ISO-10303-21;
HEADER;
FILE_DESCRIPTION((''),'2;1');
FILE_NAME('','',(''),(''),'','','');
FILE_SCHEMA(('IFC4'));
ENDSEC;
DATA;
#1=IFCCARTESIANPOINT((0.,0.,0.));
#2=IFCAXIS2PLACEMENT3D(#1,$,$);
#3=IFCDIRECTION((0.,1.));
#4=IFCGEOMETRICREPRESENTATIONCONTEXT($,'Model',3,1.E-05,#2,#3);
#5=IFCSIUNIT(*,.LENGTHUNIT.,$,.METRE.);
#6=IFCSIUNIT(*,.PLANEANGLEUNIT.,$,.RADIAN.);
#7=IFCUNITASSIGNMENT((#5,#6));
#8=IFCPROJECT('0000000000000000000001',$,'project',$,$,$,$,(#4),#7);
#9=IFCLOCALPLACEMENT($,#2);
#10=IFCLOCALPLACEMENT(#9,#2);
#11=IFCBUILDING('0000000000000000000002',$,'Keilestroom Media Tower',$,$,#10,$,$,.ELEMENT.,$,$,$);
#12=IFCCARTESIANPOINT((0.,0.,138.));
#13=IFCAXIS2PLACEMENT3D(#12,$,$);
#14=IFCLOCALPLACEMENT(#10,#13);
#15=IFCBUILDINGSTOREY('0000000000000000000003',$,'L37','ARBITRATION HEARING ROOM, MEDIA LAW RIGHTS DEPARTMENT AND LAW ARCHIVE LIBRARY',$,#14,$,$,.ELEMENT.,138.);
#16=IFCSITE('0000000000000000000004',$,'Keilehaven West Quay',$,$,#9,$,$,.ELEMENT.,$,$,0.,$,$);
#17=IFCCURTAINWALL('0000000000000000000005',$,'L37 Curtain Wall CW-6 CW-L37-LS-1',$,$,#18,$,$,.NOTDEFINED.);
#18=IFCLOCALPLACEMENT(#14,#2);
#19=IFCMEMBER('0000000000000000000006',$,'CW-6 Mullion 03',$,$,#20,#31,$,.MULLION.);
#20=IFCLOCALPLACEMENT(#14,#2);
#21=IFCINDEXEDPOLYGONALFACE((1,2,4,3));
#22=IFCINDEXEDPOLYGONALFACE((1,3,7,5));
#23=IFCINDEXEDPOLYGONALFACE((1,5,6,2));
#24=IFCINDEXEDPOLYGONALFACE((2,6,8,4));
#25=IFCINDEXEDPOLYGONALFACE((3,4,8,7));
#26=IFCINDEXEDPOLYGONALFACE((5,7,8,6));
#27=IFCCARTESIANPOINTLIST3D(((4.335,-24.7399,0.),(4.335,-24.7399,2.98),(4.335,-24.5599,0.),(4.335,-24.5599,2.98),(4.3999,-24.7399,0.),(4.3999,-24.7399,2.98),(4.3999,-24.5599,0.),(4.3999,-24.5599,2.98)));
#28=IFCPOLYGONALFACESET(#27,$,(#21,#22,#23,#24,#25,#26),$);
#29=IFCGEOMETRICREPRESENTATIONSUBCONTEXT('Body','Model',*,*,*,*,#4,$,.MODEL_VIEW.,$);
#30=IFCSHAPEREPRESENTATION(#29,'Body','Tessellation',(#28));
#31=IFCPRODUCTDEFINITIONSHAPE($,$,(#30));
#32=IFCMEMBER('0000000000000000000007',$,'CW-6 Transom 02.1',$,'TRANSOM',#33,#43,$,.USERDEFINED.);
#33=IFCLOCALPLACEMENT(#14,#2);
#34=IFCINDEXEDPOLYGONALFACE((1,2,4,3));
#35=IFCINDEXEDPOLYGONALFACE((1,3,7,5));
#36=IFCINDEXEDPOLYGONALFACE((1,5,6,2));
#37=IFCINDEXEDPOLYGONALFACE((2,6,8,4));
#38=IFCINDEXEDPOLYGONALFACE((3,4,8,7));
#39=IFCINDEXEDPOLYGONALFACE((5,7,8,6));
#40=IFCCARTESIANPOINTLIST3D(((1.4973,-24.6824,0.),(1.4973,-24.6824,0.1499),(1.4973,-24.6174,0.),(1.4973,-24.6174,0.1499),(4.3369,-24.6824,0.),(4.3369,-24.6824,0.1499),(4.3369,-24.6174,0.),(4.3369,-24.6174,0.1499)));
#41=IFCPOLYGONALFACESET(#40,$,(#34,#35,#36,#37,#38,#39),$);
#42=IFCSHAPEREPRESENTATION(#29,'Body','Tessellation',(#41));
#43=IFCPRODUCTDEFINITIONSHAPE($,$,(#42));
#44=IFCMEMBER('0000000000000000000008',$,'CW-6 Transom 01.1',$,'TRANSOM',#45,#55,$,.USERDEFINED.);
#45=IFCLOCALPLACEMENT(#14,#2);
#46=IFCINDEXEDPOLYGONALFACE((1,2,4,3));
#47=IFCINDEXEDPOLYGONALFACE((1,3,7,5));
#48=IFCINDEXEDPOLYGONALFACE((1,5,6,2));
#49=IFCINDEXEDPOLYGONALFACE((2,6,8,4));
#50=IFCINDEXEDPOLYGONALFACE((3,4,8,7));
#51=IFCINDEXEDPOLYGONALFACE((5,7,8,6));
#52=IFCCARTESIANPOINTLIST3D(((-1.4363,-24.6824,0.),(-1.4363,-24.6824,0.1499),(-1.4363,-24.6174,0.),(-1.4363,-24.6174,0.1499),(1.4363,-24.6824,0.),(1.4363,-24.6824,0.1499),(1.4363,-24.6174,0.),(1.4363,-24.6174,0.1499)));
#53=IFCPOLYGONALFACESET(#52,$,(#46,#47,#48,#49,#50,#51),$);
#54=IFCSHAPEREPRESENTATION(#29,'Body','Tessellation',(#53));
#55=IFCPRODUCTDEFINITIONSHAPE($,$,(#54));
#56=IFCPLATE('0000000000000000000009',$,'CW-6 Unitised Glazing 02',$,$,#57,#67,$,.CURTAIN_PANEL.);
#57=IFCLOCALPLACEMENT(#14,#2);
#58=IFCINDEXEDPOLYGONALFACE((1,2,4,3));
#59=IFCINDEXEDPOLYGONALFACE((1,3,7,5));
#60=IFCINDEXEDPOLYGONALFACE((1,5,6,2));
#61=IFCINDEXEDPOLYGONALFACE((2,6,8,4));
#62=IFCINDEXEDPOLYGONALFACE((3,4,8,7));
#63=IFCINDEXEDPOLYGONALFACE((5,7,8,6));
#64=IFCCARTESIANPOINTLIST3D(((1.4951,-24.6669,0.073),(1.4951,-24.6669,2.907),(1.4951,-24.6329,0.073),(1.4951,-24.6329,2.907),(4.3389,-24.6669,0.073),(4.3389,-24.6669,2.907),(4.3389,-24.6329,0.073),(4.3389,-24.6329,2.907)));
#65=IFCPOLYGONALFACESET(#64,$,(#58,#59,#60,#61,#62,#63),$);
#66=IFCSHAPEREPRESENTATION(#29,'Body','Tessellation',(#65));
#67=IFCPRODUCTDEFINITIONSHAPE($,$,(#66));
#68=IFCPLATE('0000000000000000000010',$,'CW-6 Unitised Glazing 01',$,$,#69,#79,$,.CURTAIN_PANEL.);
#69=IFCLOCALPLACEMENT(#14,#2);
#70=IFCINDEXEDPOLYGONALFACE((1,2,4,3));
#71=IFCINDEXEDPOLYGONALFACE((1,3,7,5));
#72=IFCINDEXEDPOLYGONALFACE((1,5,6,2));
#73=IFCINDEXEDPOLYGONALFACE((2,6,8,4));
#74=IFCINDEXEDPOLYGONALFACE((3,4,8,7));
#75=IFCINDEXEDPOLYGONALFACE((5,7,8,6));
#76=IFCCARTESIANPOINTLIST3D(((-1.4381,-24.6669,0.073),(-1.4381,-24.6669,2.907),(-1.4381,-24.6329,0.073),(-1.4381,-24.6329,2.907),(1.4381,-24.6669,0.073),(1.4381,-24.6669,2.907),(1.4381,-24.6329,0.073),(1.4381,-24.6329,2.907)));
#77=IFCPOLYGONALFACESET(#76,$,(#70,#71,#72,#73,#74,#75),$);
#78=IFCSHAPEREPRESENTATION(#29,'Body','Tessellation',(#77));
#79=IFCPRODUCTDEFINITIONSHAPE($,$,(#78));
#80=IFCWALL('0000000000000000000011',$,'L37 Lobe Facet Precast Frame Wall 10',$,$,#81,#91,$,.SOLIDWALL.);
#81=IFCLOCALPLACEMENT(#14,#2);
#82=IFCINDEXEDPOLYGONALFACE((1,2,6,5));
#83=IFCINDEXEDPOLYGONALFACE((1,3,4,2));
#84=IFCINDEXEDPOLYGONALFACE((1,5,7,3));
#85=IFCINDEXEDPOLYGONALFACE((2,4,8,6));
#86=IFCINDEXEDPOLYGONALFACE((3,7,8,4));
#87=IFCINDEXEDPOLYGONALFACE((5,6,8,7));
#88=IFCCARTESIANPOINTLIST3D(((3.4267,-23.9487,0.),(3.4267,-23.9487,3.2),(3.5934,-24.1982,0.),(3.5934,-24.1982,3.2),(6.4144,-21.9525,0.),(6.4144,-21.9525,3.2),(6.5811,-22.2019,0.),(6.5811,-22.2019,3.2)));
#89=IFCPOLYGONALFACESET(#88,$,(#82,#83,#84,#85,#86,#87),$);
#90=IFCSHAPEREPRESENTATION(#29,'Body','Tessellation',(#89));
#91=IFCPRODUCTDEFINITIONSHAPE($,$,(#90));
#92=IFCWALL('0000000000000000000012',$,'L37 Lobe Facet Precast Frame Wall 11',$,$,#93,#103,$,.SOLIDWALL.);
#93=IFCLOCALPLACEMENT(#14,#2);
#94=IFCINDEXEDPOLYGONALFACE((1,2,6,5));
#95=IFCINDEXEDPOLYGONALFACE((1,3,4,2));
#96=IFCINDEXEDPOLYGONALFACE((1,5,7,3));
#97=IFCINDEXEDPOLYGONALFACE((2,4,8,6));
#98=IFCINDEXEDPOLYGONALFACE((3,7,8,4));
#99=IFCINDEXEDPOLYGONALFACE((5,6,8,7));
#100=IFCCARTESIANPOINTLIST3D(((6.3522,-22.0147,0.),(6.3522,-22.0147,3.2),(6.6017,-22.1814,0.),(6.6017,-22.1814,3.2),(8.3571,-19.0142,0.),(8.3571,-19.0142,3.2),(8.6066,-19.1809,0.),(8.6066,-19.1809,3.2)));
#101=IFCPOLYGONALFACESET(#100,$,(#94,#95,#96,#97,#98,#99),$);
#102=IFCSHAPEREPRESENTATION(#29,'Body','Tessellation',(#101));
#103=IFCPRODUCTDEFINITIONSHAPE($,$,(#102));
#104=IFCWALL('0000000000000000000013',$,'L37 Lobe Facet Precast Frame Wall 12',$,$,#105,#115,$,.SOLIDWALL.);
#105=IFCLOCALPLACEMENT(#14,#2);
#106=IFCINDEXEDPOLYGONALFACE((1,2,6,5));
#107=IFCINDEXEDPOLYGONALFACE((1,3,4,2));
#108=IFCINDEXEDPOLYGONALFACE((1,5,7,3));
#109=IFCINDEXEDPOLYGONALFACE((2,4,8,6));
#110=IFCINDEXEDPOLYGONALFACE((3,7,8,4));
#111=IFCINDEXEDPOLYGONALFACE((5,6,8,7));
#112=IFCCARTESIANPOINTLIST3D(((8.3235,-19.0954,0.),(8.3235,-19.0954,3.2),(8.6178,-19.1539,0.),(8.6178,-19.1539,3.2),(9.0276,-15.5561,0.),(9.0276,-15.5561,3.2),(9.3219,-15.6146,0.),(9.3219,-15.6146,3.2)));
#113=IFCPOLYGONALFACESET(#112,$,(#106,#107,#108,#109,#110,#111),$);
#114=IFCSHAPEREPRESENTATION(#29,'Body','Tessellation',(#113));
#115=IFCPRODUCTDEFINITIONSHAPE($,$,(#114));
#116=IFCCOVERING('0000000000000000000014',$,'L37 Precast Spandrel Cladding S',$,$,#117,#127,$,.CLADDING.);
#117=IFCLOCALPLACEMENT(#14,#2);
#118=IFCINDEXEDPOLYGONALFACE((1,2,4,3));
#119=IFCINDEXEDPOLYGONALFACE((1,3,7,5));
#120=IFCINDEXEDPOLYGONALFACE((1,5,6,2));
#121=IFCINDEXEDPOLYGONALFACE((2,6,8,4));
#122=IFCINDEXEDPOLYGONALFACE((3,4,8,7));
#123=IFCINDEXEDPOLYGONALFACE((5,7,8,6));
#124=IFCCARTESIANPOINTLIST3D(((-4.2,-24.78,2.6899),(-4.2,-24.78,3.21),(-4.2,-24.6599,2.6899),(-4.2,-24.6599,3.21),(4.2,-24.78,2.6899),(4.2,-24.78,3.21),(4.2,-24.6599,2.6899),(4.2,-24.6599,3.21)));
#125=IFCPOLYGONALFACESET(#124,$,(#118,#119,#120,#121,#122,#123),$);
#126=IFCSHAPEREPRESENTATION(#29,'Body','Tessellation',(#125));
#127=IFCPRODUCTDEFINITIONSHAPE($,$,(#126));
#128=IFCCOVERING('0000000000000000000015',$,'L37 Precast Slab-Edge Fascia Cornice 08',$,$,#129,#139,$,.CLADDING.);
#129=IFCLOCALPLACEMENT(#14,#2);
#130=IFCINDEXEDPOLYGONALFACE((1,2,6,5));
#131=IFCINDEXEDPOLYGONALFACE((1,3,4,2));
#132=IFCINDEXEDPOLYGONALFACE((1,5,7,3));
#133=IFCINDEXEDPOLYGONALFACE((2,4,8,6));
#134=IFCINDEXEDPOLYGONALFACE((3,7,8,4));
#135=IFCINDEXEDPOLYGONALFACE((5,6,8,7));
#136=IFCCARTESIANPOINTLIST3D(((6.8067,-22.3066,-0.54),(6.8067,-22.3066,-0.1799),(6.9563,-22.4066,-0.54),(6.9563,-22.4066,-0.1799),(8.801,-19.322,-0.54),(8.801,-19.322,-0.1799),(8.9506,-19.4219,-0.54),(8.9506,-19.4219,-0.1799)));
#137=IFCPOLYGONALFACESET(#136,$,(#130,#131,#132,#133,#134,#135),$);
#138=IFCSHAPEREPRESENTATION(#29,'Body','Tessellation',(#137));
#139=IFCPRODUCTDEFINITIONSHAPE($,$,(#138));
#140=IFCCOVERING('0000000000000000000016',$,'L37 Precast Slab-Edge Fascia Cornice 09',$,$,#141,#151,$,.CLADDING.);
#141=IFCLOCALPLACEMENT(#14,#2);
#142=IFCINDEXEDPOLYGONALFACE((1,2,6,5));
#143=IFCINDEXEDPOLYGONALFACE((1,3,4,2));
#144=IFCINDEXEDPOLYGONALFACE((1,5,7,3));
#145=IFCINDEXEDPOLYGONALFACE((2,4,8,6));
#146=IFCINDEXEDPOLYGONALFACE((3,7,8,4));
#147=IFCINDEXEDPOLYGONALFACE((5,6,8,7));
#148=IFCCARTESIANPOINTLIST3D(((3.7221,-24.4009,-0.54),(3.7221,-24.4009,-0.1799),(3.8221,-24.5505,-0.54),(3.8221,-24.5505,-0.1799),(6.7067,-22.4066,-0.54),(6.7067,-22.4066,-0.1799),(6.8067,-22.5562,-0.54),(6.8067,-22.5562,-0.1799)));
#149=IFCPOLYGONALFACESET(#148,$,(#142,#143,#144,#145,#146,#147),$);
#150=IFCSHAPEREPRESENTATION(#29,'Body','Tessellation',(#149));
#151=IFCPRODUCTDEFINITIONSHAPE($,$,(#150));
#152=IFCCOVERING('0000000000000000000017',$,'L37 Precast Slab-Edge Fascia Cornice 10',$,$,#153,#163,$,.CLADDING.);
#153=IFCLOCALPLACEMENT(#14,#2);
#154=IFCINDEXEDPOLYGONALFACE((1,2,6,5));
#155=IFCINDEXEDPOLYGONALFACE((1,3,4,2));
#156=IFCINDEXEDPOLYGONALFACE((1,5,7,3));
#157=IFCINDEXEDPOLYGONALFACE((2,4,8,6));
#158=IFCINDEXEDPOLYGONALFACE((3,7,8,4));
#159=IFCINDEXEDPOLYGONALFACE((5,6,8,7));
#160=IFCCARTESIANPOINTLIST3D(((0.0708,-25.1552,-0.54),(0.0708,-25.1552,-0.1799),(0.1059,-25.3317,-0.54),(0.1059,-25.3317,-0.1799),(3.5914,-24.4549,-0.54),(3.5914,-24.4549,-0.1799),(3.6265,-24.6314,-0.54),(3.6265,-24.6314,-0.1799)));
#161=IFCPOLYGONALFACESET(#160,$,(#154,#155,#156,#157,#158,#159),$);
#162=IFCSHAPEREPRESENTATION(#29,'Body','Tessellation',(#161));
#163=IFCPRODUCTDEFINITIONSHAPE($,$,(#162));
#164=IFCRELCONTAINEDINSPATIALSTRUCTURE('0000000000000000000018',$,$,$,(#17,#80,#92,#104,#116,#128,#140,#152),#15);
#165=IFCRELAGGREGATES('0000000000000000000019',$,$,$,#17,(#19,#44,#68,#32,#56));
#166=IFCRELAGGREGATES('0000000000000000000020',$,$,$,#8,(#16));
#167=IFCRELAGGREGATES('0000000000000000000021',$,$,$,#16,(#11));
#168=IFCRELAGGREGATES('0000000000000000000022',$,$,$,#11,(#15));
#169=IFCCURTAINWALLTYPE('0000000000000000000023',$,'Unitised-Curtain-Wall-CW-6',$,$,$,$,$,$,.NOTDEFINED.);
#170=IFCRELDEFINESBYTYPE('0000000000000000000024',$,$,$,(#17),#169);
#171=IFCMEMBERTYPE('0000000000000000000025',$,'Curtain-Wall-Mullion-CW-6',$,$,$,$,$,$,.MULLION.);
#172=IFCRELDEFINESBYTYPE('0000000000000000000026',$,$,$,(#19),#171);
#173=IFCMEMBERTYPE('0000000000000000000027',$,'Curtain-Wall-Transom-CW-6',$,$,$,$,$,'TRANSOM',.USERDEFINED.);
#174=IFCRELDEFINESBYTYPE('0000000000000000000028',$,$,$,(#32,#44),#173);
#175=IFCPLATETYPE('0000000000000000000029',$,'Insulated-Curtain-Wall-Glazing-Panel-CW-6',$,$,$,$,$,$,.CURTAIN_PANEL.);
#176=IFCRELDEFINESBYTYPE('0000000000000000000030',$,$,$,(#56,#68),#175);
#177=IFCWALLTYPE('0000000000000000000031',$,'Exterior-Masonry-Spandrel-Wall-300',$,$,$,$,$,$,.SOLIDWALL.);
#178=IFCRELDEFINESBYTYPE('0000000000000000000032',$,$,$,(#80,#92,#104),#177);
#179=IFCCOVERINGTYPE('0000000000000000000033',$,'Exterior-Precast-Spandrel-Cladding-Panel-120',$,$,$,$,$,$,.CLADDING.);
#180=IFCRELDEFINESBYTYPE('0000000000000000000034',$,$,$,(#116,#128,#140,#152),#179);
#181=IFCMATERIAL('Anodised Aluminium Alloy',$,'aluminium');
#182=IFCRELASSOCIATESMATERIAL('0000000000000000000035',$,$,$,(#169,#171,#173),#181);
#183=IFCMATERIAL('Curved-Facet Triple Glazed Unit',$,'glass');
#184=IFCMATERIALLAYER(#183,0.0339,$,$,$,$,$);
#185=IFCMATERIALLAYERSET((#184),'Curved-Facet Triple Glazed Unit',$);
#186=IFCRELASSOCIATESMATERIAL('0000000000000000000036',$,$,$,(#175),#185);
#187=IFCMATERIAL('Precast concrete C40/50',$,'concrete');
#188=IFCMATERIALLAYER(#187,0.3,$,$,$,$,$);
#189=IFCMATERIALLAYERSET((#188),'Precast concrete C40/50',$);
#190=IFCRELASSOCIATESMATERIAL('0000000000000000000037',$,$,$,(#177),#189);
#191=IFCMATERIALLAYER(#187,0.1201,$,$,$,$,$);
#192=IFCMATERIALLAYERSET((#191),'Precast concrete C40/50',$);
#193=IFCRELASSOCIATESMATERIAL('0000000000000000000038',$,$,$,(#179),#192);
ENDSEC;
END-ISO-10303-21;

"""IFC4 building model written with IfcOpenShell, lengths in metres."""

from ifc_helpers import new_model, si_unit, direction, frame, frame_2d, origin, origin_2d, place, context, subcontext, project, spatial, rectangle, extrude, source, transform, mapped, material, layer, layer_set, material_profile, profile_set, type_object, element, aggregate, save


model = new_model("IFC4")

# Units and contexts
model_context = context("Model", 3, precision=1e-05, world=origin(), true_north=direction((0.0, 1.0)))
body_context = subcontext(model_context, "Body", "Model", "MODEL_VIEW")
ifc_project = project(units=[si_unit("LENGTHUNIT", "METRE"), si_unit("PLANEANGLEUNIT", "RADIAN")], contexts=[model_context])

# Site, building, storey
site_placement = place(None, origin())
site = spatial("IfcSite", under=ifc_project, at=site_placement, Name="Keilehaven West Quay", CompositionType="ELEMENT", RefElevation=0.0)
building_placement = place(site_placement, origin())
building = spatial("IfcBuilding", under=site, at=building_placement, Name="Keilestroom Media Tower", CompositionType="ELEMENT")
storey_placement = place(building_placement, frame((0.0, 0.0, 138.0)))
storey = spatial("IfcBuildingStorey", under=building, at=storey_placement, Name="L37", Description="ARBITRATION HEARING ROOM, MEDIA LAW RIGHTS DEPARTMENT AND LAW ARCHIVE LIBRARY", CompositionType="ELEMENT", Elevation=138.0)

# Curtain wall, members, plates
ifc_material_1 = material(Name="Anodised Aluminium Alloy", Category="aluminium")
curtain_wall_type = type_object("IfcCurtainWallType", Name="Unitised-Curtain-Wall-CW-6", PredefinedType="NOTDEFINED", material=ifc_material_1)
curtain_wall_placement = place(storey_placement, origin())
curtain_wall = element("IfcCurtainWall", 1, at=curtain_wall_placement, inside=storey, type_object=curtain_wall_type, Name="L37 Curtain Wall CW-6 CW-L37-LS-1", PredefinedType="NOTDEFINED")
ifc_material_profile_1 = material_profile(ifc_material_1, rectangle(XDim=0.0649, YDim=0.1799, at=origin_2d()), Name="ALU MULLION 65x180")
ifc_profile_set_1 = profile_set([ifc_material_profile_1], Name="Anodised Aluminium Alloy")
member_type_1 = type_object("IfcMemberType", Name="Curtain-Wall-Mullion-CW-6", PredefinedType="MULLION", material=ifc_profile_set_1)
shared_shape_1 = source(origin(), body_context, "Body", "SweptSolid", [
    extrude(rectangle(XDim=0.0649, YDim=0.1799, at=origin_2d()), origin(), (0.0, 0.0, 1.0), 2.98),
])
member_1_placement = place(storey_placement, frame((4.3674, -24.6499, 0.0), z_axis=(0.0, 0.0, 1.0), x_axis=(1.0, 0.0, 0.0)))
member_1 = element("IfcMember", 2, at=member_1_placement, type_object=member_type_1, Name="CW-6 Mullion 03", PredefinedType="MULLION", context=body_context, shape_type="MappedRepresentation", body=[
    mapped(shared_shape_1, transform((0.0, 0.0, 0.0), x_axis=(1.0, 0.0, 0.0), y_axis=(0.0, 1.0, 0.0), z_axis=(0.0, 0.0, 1.0), scale=1.0)),
])
ifc_material_profile_2 = material_profile(ifc_material_1, rectangle(XDim=0.0649, YDim=0.1499, at=origin_2d()), Name="ALU TRANSOM 65x150")
ifc_profile_set_2 = profile_set([ifc_material_profile_2], Name="Anodised Aluminium Alloy")
member_type_2 = type_object("IfcMemberType", Name="Curtain-Wall-Transom-CW-6", ElementType="TRANSOM", PredefinedType="USERDEFINED", material=ifc_profile_set_2)
shared_shape_2 = source(origin(), body_context, "Body", "SweptSolid", [
    extrude(rectangle(XDim=0.0649, YDim=0.1499, at=origin_2d()), origin(), (0.0, 0.0, 1.0), 2.8396),
])
member_2_placement = place(storey_placement, frame((1.4973, -24.6499, 0.075), z_axis=(1.0, 0.0, 0.0), x_axis=(0.0, 1.0, 0.0)))
member_2 = element("IfcMember", 3, at=member_2_placement, type_object=member_type_2, Name="CW-6 Transom 02.1", ObjectType="TRANSOM", PredefinedType="USERDEFINED", context=body_context, shape_type="MappedRepresentation", body=[
    mapped(shared_shape_2, transform((0.0, 0.0, 0.0), x_axis=(1.0, 0.0, 0.0), y_axis=(0.0, 1.0, 0.0), z_axis=(0.0, 0.0, 1.0), scale=1.0)),
])
shared_shape_3 = source(origin(), body_context, "Body", "SweptSolid", [
    extrude(rectangle(XDim=0.0649, YDim=0.1499, at=origin_2d()), origin(), (0.0, 0.0, 1.0), 2.8726),
])
member_3_placement = place(storey_placement, frame((-1.4363, -24.6499, 0.075), z_axis=(1.0, 0.0, 0.0), x_axis=(0.0, 1.0, 0.0)))
member_3 = element("IfcMember", 4, at=member_3_placement, type_object=member_type_2, Name="CW-6 Transom 01.1", ObjectType="TRANSOM", PredefinedType="USERDEFINED", context=body_context, shape_type="MappedRepresentation", body=[
    mapped(shared_shape_3, transform((0.0, 0.0, 0.0), x_axis=(1.0, 0.0, 0.0), y_axis=(0.0, 1.0, 0.0), z_axis=(0.0, 0.0, 1.0), scale=1.0)),
])
ifc_material_2 = material(Name="Curved-Facet Triple Glazed Unit", Category="glass")
ifc_layer_1 = layer(ifc_material_2, 0.0339)
ifc_layer_set_1 = layer_set([ifc_layer_1], Name="Curved-Facet Triple Glazed Unit")
plate_type = type_object("IfcPlateType", Name="Insulated-Curtain-Wall-Glazing-Panel-CW-6", PredefinedType="CURTAIN_PANEL", material=ifc_layer_set_1)
shared_shape_4 = source(origin(), body_context, "Body", "SweptSolid", [
    extrude(rectangle(XDim=2.8438, YDim=0.0339, at=origin_2d()), origin(), (0.0, 0.0, 1.0), 2.834),
])
plate_1_placement = place(storey_placement, frame((2.917, -24.6499, 0.073), z_axis=(0.0, 0.0, 1.0), x_axis=(1.0, 0.0, 0.0)))
plate_1 = element("IfcPlate", 5, at=plate_1_placement, type_object=plate_type, Name="CW-6 Unitised Glazing 02", PredefinedType="CURTAIN_PANEL", context=body_context, shape_type="MappedRepresentation", body=[
    mapped(shared_shape_4, transform((0.0, 0.0, 0.0), x_axis=(1.0, 0.0, 0.0), y_axis=(0.0, 1.0, 0.0), z_axis=(0.0, 0.0, 1.0), scale=1.0)),
])
shared_shape_5 = source(origin(), body_context, "Body", "SweptSolid", [
    extrude(rectangle(XDim=2.8762, YDim=0.0339, at=origin_2d()), origin(), (0.0, 0.0, 1.0), 2.834),
])
plate_2_placement = place(storey_placement, frame((0.0, -24.6499, 0.073), z_axis=(0.0, 0.0, 1.0), x_axis=(1.0, 0.0, 0.0)))
plate_2 = element("IfcPlate", 6, at=plate_2_placement, type_object=plate_type, Name="CW-6 Unitised Glazing 01", PredefinedType="CURTAIN_PANEL", context=body_context, shape_type="MappedRepresentation", body=[
    mapped(shared_shape_5, transform((0.0, 0.0, 0.0), x_axis=(1.0, 0.0, 0.0), y_axis=(0.0, 1.0, 0.0), z_axis=(0.0, 0.0, 1.0), scale=1.0)),
])
aggregate(curtain_wall, [member_1, member_3, plate_2, member_2, plate_1])

# Walls
ifc_material_3 = material(Name="Precast concrete C40/50", Category="concrete")
ifc_layer_2 = layer(ifc_material_3, 0.3)
ifc_layer_set_2 = layer_set([ifc_layer_2], Name="Precast concrete C40/50")
wall_type = type_object("IfcWallType", Name="Exterior-Masonry-Spandrel-Wall-300", PredefinedType="SOLIDWALL", material=ifc_layer_set_2)
wall_placement = place(storey_placement, frame((3.51, -24.0735, 0.0), z_axis=(0.0, 0.0, 1.0), x_axis=(0.831475, 0.555562, 0.0)))
element("IfcWall", 7, at=wall_placement, inside=storey, type_object=wall_type, Name="L37 Lobe Facet Precast Frame Wall 10", PredefinedType="SOLIDWALL", context=body_context, shape_type="SweptSolid", body=[
    extrude(rectangle(XDim=3.5933, YDim=0.3, at=frame_2d((1.7966, 0.0))), origin(), (0.0, 0.0, 1.0), 3.2),
])
for number, where, z_axis, x_axis, name in (
    (8, (6.4771, -22.0979, 0.0), (0.0, 0.0, 1.0), (0.555574, 0.831467, 0.0), "L37 Lobe Facet Precast Frame Wall 11"),
    (9, (8.4707, -19.1245, 0.0), (0.0, 0.0, 1.0), (0.195114, 0.980781, 0.0), "L37 Lobe Facet Precast Frame Wall 12"),
):
    element("IfcWall", number, at=place(storey_placement, frame(where, z_axis=z_axis, x_axis=x_axis)), inside=storey, type_object=wall_type, Name=name, PredefinedType="SOLIDWALL", context=body_context, shape_type="SweptSolid", body=[
        extrude(rectangle(XDim=3.6086, YDim=0.3, at=frame_2d((1.8042, 0.0))), origin(), (0.0, 0.0, 1.0), 3.2),
    ])

# Coverings
ifc_layer_3 = layer(ifc_material_3, 0.1201)
ifc_layer_set_3 = layer_set([ifc_layer_3], Name="Precast concrete C40/50")
covering_type = type_object("IfcCoveringType", Name="Exterior-Precast-Spandrel-Cladding-Panel-120", PredefinedType="CLADDING", material=ifc_layer_set_3)
shared_shape_6 = source(origin(), body_context, "Body", "SweptSolid", [
    extrude(rectangle(XDim=8.3999, YDim=0.1201, at=origin_2d()), origin(), (0.0, 0.0, 1.0), 0.52),
])
covering_placement = place(storey_placement, frame((0.0, -24.72, 2.6899), z_axis=(0.0, 0.0, 1.0), x_axis=(1.0, 0.0, 0.0)))
element("IfcCovering", 10, at=covering_placement, inside=storey, type_object=covering_type, Name="L37 Precast Spandrel Cladding S", PredefinedType="CLADDING", context=body_context, shape_type="MappedRepresentation", body=[
    mapped(shared_shape_6, transform((0.0, 0.0, 0.0), x_axis=(1.0, 0.0, 0.0), y_axis=(0.0, 1.0, 0.0), z_axis=(0.0, 0.0, 1.0), scale=1.0)),
])
shared_shape_7 = source(origin(), body_context, "Body", "SweptSolid", [
    extrude(rectangle(XDim=3.5896, YDim=0.1799, at=origin_2d()), origin(), (0.0, 0.0, 1.0), 0.3601),
])
for number, where, z_axis, x_axis, name in (
    (11, (7.8787, -20.8643, -0.54), (0.0, 0.0, 1.0), (-0.555575, -0.831467, 0.0), "L37 Precast Slab-Edge Fascia Cornice 08"),
    (12, (5.2644, -23.4785, -0.54), (0.0, 0.0, 1.0), (-0.831467, -0.555575, 0.0), "L37 Precast Slab-Edge Fascia Cornice 09"),
    (13, (1.8486, -24.8933, -0.54), (0.0, 0.0, 1.0), (-0.980784, -0.195099, 0.0), "L37 Precast Slab-Edge Fascia Cornice 10"),
):
    element("IfcCovering", number, at=place(storey_placement, frame(where, z_axis=z_axis, x_axis=x_axis)), inside=storey, type_object=covering_type, Name=name, PredefinedType="CLADDING", context=body_context, shape_type="MappedRepresentation", body=[
        mapped(shared_shape_7, transform((0.0, 0.0, 0.0), x_axis=(1.0, 0.0, 0.0), y_axis=(0.0, 1.0, 0.0), z_axis=(0.0, 0.0, 1.0), scale=1.0)),
    ])

save(model, "model.ifc")
